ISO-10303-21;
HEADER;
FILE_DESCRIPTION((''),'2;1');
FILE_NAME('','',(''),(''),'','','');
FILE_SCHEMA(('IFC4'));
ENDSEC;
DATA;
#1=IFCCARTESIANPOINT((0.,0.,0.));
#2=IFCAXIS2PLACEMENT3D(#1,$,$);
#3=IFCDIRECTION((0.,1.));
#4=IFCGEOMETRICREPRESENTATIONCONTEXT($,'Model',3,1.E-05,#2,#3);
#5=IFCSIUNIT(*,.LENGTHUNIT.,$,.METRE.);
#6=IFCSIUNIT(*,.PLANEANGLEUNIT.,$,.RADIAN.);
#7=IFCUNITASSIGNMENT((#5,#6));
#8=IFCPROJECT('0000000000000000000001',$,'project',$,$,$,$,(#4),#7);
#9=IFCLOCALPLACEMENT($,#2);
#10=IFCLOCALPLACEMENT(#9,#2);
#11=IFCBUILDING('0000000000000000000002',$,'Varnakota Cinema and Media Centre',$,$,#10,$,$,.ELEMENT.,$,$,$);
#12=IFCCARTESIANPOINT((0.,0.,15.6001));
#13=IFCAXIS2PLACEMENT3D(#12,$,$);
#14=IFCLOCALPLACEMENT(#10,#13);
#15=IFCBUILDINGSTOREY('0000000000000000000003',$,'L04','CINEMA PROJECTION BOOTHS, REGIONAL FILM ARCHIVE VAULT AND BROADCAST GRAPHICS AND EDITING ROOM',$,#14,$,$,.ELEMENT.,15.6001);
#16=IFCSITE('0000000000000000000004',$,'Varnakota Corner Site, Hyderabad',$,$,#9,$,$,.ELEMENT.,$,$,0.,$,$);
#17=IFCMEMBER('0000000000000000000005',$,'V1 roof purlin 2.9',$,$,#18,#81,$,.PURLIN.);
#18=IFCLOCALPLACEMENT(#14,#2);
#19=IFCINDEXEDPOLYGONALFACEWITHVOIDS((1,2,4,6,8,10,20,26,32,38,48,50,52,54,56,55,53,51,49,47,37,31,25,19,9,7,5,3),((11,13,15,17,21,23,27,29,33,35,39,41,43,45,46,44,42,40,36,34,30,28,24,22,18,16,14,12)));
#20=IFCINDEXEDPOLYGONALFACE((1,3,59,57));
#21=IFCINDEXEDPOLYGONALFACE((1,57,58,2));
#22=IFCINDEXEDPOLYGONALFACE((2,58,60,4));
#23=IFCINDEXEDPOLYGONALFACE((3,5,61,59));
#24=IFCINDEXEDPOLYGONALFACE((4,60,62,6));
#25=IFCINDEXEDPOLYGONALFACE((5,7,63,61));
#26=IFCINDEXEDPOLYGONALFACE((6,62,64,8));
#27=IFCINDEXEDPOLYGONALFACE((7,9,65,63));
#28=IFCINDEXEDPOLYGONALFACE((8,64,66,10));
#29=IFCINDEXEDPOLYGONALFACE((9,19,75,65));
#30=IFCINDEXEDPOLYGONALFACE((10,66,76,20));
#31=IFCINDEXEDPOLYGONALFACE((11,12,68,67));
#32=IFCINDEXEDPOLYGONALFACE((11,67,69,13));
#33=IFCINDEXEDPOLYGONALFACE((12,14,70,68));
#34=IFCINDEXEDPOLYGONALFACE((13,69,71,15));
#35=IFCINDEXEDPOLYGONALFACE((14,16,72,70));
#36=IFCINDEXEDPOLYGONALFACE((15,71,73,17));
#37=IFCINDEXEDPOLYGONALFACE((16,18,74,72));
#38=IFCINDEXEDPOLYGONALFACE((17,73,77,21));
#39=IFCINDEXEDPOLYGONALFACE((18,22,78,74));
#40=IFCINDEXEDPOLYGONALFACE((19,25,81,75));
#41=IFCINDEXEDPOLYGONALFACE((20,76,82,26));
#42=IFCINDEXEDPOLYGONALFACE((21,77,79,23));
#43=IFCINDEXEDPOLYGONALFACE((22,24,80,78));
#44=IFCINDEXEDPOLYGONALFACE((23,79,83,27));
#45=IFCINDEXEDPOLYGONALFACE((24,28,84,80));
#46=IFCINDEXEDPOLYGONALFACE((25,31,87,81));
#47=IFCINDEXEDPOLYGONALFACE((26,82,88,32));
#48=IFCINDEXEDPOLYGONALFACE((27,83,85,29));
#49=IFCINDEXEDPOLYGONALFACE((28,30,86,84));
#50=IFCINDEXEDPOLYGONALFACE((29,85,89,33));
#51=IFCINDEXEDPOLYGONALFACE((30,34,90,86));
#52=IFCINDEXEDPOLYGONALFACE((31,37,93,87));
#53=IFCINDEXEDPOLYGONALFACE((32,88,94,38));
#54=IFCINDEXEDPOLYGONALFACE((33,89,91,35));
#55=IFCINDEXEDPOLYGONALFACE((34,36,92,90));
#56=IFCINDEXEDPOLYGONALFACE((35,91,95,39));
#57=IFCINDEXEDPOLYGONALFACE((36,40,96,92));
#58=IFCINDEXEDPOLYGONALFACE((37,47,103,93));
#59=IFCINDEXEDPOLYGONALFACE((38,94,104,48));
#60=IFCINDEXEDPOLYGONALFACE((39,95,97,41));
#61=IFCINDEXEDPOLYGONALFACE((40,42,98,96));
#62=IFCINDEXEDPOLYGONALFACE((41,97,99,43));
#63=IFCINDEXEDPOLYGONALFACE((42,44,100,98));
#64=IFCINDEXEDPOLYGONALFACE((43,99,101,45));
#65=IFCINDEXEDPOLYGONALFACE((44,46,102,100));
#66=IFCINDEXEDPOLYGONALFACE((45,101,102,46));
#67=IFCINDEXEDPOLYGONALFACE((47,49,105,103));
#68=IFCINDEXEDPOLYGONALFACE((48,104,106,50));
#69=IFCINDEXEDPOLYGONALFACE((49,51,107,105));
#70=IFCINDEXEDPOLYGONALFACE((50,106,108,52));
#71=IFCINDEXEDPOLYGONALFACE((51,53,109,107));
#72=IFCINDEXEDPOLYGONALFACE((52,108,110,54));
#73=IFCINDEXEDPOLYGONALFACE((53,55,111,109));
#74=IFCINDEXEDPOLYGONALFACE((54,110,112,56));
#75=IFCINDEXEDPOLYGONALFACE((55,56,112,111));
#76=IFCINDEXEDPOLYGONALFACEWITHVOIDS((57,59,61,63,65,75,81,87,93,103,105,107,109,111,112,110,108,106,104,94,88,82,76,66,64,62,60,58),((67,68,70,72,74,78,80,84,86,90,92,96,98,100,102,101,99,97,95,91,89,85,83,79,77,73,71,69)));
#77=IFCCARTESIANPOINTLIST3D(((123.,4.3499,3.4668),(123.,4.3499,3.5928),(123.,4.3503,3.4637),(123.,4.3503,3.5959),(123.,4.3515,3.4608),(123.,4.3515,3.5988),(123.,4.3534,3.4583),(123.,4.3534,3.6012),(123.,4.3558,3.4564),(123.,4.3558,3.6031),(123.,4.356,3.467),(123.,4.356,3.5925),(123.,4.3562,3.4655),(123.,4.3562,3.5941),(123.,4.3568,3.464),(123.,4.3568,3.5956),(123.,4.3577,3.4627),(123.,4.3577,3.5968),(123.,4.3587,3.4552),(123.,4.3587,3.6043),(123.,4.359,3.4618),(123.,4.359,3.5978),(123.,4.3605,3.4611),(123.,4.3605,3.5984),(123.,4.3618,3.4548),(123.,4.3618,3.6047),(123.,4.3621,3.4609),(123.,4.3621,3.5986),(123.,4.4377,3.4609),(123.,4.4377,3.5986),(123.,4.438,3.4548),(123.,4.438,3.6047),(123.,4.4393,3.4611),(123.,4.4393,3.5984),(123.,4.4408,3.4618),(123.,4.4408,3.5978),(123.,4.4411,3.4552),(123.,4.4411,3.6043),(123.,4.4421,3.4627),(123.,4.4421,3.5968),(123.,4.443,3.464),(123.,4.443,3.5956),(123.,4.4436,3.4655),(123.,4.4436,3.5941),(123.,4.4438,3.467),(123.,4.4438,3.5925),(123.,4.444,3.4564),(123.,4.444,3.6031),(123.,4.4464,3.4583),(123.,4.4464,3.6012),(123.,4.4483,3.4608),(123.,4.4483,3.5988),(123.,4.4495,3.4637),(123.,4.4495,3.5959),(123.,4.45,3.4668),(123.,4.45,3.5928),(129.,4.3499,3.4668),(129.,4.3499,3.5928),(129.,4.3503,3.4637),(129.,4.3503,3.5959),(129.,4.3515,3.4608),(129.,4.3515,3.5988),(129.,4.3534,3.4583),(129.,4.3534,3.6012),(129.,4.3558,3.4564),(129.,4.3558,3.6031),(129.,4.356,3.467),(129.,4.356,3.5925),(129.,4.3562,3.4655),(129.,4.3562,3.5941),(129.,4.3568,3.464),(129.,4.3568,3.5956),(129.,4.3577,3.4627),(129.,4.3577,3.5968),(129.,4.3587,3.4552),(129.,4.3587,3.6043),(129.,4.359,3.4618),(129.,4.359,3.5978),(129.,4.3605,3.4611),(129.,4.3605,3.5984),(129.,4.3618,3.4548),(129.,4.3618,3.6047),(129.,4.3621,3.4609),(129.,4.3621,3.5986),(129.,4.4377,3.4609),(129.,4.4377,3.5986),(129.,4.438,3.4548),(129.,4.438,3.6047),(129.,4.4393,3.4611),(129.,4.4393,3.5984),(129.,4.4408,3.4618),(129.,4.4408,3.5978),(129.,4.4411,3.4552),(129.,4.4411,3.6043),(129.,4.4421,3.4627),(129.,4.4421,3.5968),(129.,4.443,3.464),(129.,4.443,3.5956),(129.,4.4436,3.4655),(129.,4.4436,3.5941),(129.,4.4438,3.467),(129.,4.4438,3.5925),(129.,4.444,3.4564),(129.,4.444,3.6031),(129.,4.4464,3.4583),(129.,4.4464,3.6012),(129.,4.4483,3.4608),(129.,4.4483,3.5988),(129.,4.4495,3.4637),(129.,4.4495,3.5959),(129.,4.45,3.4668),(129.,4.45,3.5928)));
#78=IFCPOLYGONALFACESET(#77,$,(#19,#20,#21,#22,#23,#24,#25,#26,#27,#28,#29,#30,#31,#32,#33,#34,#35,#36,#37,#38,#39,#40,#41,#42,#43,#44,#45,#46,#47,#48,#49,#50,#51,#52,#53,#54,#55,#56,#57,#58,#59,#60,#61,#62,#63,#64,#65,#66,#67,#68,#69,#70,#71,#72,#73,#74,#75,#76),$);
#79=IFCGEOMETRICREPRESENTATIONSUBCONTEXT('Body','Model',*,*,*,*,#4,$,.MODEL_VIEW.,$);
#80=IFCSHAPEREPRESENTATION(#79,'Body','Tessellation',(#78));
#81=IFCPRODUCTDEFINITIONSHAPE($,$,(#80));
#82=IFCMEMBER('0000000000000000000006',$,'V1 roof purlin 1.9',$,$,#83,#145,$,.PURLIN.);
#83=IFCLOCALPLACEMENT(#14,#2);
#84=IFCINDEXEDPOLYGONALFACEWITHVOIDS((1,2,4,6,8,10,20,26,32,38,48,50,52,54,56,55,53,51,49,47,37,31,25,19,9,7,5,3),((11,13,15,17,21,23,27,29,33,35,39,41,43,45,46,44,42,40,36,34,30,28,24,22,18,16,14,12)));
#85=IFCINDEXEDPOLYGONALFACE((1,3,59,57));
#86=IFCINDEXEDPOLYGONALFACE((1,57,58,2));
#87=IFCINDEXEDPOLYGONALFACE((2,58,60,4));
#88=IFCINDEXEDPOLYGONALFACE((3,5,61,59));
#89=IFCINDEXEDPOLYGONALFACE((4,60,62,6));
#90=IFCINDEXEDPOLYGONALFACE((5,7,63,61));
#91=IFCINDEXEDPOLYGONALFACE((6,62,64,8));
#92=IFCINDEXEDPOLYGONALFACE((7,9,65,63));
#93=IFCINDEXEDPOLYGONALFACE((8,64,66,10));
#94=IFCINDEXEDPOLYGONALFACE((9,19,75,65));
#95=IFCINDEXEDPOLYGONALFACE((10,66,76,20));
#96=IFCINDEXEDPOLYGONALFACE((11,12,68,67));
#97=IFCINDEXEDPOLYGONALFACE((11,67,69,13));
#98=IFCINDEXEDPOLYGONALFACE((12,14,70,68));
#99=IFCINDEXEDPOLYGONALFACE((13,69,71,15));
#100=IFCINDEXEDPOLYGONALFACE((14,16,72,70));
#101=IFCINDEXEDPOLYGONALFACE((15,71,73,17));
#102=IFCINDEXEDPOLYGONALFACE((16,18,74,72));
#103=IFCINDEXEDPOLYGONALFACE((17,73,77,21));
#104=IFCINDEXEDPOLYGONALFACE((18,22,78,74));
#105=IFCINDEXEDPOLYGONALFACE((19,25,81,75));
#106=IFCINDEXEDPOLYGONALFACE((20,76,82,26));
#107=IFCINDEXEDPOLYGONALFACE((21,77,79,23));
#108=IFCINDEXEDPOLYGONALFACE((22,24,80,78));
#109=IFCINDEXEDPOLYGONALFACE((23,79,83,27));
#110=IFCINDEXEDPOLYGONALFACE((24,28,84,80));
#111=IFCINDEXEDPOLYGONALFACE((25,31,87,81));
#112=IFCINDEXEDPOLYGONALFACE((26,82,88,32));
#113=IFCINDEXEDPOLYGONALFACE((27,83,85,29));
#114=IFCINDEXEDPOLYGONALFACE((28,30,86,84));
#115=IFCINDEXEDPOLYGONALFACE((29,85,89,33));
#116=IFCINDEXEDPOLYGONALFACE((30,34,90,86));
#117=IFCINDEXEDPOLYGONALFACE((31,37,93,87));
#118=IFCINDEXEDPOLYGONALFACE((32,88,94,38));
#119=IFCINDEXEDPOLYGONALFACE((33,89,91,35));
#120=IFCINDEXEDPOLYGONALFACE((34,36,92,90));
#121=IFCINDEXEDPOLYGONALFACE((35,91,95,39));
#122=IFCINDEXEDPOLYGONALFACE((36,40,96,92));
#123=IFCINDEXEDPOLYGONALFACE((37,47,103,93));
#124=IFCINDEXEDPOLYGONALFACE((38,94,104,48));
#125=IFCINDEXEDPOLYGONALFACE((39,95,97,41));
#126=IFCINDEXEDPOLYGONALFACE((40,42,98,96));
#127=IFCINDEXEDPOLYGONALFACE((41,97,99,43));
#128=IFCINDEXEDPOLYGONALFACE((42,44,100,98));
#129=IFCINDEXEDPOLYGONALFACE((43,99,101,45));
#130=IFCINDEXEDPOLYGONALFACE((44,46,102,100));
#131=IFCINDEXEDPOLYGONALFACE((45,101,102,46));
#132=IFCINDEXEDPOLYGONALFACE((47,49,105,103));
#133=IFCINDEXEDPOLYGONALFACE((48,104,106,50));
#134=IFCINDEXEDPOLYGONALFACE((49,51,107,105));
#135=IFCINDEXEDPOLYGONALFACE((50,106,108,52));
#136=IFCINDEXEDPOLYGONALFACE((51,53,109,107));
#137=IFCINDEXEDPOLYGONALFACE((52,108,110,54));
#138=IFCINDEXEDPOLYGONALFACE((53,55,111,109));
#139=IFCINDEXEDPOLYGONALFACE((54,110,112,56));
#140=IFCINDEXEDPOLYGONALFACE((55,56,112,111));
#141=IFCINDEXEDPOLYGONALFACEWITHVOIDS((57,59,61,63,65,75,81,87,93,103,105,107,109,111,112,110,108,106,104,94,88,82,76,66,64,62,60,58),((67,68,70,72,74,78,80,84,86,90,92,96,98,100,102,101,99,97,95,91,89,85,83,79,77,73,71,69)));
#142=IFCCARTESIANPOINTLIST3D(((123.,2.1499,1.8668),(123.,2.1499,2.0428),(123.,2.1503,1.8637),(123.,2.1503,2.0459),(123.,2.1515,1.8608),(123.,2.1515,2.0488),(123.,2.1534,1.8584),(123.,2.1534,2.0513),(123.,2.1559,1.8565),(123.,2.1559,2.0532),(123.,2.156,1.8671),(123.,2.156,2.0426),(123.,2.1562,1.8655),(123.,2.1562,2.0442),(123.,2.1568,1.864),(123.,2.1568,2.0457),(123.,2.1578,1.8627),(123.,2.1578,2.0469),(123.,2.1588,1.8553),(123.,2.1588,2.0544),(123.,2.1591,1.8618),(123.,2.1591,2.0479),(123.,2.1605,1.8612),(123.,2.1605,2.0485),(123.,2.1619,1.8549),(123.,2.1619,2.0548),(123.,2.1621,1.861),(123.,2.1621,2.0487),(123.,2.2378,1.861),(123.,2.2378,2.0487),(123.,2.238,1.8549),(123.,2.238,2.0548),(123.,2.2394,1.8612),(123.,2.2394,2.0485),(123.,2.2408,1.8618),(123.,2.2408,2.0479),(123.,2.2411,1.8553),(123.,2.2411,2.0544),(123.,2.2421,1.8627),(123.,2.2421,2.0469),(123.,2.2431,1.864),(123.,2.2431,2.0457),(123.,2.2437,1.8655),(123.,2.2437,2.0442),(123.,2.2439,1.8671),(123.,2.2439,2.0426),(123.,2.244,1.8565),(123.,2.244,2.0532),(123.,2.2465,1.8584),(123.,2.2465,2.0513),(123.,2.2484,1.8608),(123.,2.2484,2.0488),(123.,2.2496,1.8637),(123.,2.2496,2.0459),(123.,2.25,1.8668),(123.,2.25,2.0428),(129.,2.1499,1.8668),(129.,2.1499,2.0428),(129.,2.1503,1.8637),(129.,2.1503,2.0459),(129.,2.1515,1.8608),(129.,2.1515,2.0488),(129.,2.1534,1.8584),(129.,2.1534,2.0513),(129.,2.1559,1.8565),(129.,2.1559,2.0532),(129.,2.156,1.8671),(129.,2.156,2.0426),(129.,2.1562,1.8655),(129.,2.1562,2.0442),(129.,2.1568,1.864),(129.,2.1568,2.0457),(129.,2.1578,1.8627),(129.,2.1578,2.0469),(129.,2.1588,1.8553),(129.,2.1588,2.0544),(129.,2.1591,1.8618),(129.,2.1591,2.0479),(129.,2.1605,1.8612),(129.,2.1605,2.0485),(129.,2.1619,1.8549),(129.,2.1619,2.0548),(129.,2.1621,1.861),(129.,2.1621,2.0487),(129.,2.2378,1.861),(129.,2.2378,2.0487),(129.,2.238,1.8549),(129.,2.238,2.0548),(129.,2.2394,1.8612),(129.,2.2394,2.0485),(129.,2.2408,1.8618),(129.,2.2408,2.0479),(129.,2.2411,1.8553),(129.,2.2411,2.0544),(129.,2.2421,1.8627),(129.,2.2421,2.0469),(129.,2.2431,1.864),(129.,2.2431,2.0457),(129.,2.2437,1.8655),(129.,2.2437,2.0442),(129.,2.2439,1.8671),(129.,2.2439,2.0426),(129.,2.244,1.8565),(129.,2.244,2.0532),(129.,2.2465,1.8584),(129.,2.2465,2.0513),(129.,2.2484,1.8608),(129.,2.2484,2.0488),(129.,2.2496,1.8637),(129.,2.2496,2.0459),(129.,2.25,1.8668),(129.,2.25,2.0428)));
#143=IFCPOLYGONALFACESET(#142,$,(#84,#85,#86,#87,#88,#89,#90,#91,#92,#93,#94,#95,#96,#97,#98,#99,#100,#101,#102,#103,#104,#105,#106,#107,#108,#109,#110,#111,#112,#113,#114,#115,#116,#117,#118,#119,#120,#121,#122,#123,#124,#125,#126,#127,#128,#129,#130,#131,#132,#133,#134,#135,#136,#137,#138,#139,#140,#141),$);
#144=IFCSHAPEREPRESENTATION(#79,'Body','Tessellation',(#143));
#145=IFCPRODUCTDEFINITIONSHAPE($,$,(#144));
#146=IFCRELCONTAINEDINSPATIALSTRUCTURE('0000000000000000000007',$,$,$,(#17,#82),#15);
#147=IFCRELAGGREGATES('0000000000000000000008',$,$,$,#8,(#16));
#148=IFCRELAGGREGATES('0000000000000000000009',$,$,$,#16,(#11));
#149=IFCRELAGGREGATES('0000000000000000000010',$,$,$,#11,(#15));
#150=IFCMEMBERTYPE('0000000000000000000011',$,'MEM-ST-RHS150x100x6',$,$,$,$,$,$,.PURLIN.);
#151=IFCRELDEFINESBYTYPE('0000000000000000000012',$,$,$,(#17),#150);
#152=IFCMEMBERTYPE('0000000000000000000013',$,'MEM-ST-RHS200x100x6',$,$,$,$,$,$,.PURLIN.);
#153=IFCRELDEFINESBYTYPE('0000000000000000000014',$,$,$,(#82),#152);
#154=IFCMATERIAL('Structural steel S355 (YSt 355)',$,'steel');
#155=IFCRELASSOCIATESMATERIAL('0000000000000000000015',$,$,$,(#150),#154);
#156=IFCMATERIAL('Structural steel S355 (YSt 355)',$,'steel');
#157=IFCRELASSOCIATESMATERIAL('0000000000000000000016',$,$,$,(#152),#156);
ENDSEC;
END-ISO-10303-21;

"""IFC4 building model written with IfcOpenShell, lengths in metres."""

from ifc_helpers import new_model, si_unit, direction, frame, origin, origin_2d, place, context, subcontext, project, spatial, hollow_rectangle, extrude, material, material_profile, profile_set, type_object, element, save


model = new_model("IFC4")

# Units and contexts
model_context = context("Model", 3, precision=1e-05, world=origin(), true_north=direction((0.0, 1.0)))
body_context = subcontext(model_context, "Body", "Model", "MODEL_VIEW")
ifc_project = project(units=[si_unit("LENGTHUNIT", "METRE"), si_unit("PLANEANGLEUNIT", "RADIAN")], contexts=[model_context])

# Site, building, storey
site_placement = place(None, origin())
site = spatial("IfcSite", under=ifc_project, at=site_placement, Name="Varnakota Corner Site, Hyderabad", CompositionType="ELEMENT", RefElevation=0.0)
building_placement = place(site_placement, origin())
building = spatial("IfcBuilding", under=site, at=building_placement, Name="Varnakota Cinema and Media Centre", CompositionType="ELEMENT")
storey_placement = place(building_placement, frame((0.0, 0.0, 15.6001)))
storey = spatial("IfcBuildingStorey", under=building, at=storey_placement, Name="L04", Description="CINEMA PROJECTION BOOTHS, REGIONAL FILM ARCHIVE VAULT AND BROADCAST GRAPHICS AND EDITING ROOM", CompositionType="ELEMENT", Elevation=15.6001)

# Members
ifc_material_1 = material(Name="Structural steel S355 (YSt 355)", Category="steel")
ifc_material_profile_1 = material_profile(ifc_material_1, hollow_rectangle(XDim=0.1001, YDim=0.1499, WallThickness=0.0061, InnerFilletRadius=0.0061, OuterFilletRadius=0.012, at=origin_2d()), Name="RHS 150x100x6")
ifc_profile_set_1 = profile_set([ifc_material_profile_1], Name="Structural steel S355 (YSt 355)")
member_type_1 = type_object("IfcMemberType", Name="MEM-ST-RHS150x100x6", PredefinedType="PURLIN", material=ifc_profile_set_1)
member_1_placement = place(storey_placement, frame((123.0, 4.3999, 3.5298), z_axis=(1.0, 0.0, 0.0), x_axis=(0.0, 1.0, 0.0)))
element("IfcMember", 1, at=member_1_placement, inside=storey, type_object=member_type_1, Name="V1 roof purlin 2.9", PredefinedType="PURLIN", context=body_context, shape_type="SweptSolid", body=[
    extrude(hollow_rectangle(XDim=0.1001, YDim=0.1499, WallThickness=0.0061, InnerFilletRadius=0.0061, OuterFilletRadius=0.012, at=origin_2d()), origin(), (0.0, 0.0, 1.0), 6.0),
])
ifc_material_2 = material(Name="Structural steel S355 (YSt 355)", Category="steel")
ifc_material_profile_2 = material_profile(ifc_material_2, hollow_rectangle(XDim=0.1001, YDim=0.2, WallThickness=0.0061, InnerFilletRadius=0.0061, OuterFilletRadius=0.012, at=origin_2d()), Name="RHS 200x100x6")
ifc_profile_set_2 = profile_set([ifc_material_profile_2], Name="Structural steel S355 (YSt 355)")
member_type_2 = type_object("IfcMemberType", Name="MEM-ST-RHS200x100x6", PredefinedType="PURLIN", material=ifc_profile_set_2)
member_2_placement = place(storey_placement, frame((123.0, 2.2, 1.9548), z_axis=(1.0, 0.0, 0.0), x_axis=(0.0, 1.0, 0.0)))
element("IfcMember", 2, at=member_2_placement, inside=storey, type_object=member_type_2, Name="V1 roof purlin 1.9", PredefinedType="PURLIN", context=body_context, shape_type="SweptSolid", body=[
    extrude(hollow_rectangle(XDim=0.1001, YDim=0.2, WallThickness=0.0061, InnerFilletRadius=0.0061, OuterFilletRadius=0.012, at=origin_2d()), origin(), (0.0, 0.0, 1.0), 6.0),
])

save(model, "model.ifc")
